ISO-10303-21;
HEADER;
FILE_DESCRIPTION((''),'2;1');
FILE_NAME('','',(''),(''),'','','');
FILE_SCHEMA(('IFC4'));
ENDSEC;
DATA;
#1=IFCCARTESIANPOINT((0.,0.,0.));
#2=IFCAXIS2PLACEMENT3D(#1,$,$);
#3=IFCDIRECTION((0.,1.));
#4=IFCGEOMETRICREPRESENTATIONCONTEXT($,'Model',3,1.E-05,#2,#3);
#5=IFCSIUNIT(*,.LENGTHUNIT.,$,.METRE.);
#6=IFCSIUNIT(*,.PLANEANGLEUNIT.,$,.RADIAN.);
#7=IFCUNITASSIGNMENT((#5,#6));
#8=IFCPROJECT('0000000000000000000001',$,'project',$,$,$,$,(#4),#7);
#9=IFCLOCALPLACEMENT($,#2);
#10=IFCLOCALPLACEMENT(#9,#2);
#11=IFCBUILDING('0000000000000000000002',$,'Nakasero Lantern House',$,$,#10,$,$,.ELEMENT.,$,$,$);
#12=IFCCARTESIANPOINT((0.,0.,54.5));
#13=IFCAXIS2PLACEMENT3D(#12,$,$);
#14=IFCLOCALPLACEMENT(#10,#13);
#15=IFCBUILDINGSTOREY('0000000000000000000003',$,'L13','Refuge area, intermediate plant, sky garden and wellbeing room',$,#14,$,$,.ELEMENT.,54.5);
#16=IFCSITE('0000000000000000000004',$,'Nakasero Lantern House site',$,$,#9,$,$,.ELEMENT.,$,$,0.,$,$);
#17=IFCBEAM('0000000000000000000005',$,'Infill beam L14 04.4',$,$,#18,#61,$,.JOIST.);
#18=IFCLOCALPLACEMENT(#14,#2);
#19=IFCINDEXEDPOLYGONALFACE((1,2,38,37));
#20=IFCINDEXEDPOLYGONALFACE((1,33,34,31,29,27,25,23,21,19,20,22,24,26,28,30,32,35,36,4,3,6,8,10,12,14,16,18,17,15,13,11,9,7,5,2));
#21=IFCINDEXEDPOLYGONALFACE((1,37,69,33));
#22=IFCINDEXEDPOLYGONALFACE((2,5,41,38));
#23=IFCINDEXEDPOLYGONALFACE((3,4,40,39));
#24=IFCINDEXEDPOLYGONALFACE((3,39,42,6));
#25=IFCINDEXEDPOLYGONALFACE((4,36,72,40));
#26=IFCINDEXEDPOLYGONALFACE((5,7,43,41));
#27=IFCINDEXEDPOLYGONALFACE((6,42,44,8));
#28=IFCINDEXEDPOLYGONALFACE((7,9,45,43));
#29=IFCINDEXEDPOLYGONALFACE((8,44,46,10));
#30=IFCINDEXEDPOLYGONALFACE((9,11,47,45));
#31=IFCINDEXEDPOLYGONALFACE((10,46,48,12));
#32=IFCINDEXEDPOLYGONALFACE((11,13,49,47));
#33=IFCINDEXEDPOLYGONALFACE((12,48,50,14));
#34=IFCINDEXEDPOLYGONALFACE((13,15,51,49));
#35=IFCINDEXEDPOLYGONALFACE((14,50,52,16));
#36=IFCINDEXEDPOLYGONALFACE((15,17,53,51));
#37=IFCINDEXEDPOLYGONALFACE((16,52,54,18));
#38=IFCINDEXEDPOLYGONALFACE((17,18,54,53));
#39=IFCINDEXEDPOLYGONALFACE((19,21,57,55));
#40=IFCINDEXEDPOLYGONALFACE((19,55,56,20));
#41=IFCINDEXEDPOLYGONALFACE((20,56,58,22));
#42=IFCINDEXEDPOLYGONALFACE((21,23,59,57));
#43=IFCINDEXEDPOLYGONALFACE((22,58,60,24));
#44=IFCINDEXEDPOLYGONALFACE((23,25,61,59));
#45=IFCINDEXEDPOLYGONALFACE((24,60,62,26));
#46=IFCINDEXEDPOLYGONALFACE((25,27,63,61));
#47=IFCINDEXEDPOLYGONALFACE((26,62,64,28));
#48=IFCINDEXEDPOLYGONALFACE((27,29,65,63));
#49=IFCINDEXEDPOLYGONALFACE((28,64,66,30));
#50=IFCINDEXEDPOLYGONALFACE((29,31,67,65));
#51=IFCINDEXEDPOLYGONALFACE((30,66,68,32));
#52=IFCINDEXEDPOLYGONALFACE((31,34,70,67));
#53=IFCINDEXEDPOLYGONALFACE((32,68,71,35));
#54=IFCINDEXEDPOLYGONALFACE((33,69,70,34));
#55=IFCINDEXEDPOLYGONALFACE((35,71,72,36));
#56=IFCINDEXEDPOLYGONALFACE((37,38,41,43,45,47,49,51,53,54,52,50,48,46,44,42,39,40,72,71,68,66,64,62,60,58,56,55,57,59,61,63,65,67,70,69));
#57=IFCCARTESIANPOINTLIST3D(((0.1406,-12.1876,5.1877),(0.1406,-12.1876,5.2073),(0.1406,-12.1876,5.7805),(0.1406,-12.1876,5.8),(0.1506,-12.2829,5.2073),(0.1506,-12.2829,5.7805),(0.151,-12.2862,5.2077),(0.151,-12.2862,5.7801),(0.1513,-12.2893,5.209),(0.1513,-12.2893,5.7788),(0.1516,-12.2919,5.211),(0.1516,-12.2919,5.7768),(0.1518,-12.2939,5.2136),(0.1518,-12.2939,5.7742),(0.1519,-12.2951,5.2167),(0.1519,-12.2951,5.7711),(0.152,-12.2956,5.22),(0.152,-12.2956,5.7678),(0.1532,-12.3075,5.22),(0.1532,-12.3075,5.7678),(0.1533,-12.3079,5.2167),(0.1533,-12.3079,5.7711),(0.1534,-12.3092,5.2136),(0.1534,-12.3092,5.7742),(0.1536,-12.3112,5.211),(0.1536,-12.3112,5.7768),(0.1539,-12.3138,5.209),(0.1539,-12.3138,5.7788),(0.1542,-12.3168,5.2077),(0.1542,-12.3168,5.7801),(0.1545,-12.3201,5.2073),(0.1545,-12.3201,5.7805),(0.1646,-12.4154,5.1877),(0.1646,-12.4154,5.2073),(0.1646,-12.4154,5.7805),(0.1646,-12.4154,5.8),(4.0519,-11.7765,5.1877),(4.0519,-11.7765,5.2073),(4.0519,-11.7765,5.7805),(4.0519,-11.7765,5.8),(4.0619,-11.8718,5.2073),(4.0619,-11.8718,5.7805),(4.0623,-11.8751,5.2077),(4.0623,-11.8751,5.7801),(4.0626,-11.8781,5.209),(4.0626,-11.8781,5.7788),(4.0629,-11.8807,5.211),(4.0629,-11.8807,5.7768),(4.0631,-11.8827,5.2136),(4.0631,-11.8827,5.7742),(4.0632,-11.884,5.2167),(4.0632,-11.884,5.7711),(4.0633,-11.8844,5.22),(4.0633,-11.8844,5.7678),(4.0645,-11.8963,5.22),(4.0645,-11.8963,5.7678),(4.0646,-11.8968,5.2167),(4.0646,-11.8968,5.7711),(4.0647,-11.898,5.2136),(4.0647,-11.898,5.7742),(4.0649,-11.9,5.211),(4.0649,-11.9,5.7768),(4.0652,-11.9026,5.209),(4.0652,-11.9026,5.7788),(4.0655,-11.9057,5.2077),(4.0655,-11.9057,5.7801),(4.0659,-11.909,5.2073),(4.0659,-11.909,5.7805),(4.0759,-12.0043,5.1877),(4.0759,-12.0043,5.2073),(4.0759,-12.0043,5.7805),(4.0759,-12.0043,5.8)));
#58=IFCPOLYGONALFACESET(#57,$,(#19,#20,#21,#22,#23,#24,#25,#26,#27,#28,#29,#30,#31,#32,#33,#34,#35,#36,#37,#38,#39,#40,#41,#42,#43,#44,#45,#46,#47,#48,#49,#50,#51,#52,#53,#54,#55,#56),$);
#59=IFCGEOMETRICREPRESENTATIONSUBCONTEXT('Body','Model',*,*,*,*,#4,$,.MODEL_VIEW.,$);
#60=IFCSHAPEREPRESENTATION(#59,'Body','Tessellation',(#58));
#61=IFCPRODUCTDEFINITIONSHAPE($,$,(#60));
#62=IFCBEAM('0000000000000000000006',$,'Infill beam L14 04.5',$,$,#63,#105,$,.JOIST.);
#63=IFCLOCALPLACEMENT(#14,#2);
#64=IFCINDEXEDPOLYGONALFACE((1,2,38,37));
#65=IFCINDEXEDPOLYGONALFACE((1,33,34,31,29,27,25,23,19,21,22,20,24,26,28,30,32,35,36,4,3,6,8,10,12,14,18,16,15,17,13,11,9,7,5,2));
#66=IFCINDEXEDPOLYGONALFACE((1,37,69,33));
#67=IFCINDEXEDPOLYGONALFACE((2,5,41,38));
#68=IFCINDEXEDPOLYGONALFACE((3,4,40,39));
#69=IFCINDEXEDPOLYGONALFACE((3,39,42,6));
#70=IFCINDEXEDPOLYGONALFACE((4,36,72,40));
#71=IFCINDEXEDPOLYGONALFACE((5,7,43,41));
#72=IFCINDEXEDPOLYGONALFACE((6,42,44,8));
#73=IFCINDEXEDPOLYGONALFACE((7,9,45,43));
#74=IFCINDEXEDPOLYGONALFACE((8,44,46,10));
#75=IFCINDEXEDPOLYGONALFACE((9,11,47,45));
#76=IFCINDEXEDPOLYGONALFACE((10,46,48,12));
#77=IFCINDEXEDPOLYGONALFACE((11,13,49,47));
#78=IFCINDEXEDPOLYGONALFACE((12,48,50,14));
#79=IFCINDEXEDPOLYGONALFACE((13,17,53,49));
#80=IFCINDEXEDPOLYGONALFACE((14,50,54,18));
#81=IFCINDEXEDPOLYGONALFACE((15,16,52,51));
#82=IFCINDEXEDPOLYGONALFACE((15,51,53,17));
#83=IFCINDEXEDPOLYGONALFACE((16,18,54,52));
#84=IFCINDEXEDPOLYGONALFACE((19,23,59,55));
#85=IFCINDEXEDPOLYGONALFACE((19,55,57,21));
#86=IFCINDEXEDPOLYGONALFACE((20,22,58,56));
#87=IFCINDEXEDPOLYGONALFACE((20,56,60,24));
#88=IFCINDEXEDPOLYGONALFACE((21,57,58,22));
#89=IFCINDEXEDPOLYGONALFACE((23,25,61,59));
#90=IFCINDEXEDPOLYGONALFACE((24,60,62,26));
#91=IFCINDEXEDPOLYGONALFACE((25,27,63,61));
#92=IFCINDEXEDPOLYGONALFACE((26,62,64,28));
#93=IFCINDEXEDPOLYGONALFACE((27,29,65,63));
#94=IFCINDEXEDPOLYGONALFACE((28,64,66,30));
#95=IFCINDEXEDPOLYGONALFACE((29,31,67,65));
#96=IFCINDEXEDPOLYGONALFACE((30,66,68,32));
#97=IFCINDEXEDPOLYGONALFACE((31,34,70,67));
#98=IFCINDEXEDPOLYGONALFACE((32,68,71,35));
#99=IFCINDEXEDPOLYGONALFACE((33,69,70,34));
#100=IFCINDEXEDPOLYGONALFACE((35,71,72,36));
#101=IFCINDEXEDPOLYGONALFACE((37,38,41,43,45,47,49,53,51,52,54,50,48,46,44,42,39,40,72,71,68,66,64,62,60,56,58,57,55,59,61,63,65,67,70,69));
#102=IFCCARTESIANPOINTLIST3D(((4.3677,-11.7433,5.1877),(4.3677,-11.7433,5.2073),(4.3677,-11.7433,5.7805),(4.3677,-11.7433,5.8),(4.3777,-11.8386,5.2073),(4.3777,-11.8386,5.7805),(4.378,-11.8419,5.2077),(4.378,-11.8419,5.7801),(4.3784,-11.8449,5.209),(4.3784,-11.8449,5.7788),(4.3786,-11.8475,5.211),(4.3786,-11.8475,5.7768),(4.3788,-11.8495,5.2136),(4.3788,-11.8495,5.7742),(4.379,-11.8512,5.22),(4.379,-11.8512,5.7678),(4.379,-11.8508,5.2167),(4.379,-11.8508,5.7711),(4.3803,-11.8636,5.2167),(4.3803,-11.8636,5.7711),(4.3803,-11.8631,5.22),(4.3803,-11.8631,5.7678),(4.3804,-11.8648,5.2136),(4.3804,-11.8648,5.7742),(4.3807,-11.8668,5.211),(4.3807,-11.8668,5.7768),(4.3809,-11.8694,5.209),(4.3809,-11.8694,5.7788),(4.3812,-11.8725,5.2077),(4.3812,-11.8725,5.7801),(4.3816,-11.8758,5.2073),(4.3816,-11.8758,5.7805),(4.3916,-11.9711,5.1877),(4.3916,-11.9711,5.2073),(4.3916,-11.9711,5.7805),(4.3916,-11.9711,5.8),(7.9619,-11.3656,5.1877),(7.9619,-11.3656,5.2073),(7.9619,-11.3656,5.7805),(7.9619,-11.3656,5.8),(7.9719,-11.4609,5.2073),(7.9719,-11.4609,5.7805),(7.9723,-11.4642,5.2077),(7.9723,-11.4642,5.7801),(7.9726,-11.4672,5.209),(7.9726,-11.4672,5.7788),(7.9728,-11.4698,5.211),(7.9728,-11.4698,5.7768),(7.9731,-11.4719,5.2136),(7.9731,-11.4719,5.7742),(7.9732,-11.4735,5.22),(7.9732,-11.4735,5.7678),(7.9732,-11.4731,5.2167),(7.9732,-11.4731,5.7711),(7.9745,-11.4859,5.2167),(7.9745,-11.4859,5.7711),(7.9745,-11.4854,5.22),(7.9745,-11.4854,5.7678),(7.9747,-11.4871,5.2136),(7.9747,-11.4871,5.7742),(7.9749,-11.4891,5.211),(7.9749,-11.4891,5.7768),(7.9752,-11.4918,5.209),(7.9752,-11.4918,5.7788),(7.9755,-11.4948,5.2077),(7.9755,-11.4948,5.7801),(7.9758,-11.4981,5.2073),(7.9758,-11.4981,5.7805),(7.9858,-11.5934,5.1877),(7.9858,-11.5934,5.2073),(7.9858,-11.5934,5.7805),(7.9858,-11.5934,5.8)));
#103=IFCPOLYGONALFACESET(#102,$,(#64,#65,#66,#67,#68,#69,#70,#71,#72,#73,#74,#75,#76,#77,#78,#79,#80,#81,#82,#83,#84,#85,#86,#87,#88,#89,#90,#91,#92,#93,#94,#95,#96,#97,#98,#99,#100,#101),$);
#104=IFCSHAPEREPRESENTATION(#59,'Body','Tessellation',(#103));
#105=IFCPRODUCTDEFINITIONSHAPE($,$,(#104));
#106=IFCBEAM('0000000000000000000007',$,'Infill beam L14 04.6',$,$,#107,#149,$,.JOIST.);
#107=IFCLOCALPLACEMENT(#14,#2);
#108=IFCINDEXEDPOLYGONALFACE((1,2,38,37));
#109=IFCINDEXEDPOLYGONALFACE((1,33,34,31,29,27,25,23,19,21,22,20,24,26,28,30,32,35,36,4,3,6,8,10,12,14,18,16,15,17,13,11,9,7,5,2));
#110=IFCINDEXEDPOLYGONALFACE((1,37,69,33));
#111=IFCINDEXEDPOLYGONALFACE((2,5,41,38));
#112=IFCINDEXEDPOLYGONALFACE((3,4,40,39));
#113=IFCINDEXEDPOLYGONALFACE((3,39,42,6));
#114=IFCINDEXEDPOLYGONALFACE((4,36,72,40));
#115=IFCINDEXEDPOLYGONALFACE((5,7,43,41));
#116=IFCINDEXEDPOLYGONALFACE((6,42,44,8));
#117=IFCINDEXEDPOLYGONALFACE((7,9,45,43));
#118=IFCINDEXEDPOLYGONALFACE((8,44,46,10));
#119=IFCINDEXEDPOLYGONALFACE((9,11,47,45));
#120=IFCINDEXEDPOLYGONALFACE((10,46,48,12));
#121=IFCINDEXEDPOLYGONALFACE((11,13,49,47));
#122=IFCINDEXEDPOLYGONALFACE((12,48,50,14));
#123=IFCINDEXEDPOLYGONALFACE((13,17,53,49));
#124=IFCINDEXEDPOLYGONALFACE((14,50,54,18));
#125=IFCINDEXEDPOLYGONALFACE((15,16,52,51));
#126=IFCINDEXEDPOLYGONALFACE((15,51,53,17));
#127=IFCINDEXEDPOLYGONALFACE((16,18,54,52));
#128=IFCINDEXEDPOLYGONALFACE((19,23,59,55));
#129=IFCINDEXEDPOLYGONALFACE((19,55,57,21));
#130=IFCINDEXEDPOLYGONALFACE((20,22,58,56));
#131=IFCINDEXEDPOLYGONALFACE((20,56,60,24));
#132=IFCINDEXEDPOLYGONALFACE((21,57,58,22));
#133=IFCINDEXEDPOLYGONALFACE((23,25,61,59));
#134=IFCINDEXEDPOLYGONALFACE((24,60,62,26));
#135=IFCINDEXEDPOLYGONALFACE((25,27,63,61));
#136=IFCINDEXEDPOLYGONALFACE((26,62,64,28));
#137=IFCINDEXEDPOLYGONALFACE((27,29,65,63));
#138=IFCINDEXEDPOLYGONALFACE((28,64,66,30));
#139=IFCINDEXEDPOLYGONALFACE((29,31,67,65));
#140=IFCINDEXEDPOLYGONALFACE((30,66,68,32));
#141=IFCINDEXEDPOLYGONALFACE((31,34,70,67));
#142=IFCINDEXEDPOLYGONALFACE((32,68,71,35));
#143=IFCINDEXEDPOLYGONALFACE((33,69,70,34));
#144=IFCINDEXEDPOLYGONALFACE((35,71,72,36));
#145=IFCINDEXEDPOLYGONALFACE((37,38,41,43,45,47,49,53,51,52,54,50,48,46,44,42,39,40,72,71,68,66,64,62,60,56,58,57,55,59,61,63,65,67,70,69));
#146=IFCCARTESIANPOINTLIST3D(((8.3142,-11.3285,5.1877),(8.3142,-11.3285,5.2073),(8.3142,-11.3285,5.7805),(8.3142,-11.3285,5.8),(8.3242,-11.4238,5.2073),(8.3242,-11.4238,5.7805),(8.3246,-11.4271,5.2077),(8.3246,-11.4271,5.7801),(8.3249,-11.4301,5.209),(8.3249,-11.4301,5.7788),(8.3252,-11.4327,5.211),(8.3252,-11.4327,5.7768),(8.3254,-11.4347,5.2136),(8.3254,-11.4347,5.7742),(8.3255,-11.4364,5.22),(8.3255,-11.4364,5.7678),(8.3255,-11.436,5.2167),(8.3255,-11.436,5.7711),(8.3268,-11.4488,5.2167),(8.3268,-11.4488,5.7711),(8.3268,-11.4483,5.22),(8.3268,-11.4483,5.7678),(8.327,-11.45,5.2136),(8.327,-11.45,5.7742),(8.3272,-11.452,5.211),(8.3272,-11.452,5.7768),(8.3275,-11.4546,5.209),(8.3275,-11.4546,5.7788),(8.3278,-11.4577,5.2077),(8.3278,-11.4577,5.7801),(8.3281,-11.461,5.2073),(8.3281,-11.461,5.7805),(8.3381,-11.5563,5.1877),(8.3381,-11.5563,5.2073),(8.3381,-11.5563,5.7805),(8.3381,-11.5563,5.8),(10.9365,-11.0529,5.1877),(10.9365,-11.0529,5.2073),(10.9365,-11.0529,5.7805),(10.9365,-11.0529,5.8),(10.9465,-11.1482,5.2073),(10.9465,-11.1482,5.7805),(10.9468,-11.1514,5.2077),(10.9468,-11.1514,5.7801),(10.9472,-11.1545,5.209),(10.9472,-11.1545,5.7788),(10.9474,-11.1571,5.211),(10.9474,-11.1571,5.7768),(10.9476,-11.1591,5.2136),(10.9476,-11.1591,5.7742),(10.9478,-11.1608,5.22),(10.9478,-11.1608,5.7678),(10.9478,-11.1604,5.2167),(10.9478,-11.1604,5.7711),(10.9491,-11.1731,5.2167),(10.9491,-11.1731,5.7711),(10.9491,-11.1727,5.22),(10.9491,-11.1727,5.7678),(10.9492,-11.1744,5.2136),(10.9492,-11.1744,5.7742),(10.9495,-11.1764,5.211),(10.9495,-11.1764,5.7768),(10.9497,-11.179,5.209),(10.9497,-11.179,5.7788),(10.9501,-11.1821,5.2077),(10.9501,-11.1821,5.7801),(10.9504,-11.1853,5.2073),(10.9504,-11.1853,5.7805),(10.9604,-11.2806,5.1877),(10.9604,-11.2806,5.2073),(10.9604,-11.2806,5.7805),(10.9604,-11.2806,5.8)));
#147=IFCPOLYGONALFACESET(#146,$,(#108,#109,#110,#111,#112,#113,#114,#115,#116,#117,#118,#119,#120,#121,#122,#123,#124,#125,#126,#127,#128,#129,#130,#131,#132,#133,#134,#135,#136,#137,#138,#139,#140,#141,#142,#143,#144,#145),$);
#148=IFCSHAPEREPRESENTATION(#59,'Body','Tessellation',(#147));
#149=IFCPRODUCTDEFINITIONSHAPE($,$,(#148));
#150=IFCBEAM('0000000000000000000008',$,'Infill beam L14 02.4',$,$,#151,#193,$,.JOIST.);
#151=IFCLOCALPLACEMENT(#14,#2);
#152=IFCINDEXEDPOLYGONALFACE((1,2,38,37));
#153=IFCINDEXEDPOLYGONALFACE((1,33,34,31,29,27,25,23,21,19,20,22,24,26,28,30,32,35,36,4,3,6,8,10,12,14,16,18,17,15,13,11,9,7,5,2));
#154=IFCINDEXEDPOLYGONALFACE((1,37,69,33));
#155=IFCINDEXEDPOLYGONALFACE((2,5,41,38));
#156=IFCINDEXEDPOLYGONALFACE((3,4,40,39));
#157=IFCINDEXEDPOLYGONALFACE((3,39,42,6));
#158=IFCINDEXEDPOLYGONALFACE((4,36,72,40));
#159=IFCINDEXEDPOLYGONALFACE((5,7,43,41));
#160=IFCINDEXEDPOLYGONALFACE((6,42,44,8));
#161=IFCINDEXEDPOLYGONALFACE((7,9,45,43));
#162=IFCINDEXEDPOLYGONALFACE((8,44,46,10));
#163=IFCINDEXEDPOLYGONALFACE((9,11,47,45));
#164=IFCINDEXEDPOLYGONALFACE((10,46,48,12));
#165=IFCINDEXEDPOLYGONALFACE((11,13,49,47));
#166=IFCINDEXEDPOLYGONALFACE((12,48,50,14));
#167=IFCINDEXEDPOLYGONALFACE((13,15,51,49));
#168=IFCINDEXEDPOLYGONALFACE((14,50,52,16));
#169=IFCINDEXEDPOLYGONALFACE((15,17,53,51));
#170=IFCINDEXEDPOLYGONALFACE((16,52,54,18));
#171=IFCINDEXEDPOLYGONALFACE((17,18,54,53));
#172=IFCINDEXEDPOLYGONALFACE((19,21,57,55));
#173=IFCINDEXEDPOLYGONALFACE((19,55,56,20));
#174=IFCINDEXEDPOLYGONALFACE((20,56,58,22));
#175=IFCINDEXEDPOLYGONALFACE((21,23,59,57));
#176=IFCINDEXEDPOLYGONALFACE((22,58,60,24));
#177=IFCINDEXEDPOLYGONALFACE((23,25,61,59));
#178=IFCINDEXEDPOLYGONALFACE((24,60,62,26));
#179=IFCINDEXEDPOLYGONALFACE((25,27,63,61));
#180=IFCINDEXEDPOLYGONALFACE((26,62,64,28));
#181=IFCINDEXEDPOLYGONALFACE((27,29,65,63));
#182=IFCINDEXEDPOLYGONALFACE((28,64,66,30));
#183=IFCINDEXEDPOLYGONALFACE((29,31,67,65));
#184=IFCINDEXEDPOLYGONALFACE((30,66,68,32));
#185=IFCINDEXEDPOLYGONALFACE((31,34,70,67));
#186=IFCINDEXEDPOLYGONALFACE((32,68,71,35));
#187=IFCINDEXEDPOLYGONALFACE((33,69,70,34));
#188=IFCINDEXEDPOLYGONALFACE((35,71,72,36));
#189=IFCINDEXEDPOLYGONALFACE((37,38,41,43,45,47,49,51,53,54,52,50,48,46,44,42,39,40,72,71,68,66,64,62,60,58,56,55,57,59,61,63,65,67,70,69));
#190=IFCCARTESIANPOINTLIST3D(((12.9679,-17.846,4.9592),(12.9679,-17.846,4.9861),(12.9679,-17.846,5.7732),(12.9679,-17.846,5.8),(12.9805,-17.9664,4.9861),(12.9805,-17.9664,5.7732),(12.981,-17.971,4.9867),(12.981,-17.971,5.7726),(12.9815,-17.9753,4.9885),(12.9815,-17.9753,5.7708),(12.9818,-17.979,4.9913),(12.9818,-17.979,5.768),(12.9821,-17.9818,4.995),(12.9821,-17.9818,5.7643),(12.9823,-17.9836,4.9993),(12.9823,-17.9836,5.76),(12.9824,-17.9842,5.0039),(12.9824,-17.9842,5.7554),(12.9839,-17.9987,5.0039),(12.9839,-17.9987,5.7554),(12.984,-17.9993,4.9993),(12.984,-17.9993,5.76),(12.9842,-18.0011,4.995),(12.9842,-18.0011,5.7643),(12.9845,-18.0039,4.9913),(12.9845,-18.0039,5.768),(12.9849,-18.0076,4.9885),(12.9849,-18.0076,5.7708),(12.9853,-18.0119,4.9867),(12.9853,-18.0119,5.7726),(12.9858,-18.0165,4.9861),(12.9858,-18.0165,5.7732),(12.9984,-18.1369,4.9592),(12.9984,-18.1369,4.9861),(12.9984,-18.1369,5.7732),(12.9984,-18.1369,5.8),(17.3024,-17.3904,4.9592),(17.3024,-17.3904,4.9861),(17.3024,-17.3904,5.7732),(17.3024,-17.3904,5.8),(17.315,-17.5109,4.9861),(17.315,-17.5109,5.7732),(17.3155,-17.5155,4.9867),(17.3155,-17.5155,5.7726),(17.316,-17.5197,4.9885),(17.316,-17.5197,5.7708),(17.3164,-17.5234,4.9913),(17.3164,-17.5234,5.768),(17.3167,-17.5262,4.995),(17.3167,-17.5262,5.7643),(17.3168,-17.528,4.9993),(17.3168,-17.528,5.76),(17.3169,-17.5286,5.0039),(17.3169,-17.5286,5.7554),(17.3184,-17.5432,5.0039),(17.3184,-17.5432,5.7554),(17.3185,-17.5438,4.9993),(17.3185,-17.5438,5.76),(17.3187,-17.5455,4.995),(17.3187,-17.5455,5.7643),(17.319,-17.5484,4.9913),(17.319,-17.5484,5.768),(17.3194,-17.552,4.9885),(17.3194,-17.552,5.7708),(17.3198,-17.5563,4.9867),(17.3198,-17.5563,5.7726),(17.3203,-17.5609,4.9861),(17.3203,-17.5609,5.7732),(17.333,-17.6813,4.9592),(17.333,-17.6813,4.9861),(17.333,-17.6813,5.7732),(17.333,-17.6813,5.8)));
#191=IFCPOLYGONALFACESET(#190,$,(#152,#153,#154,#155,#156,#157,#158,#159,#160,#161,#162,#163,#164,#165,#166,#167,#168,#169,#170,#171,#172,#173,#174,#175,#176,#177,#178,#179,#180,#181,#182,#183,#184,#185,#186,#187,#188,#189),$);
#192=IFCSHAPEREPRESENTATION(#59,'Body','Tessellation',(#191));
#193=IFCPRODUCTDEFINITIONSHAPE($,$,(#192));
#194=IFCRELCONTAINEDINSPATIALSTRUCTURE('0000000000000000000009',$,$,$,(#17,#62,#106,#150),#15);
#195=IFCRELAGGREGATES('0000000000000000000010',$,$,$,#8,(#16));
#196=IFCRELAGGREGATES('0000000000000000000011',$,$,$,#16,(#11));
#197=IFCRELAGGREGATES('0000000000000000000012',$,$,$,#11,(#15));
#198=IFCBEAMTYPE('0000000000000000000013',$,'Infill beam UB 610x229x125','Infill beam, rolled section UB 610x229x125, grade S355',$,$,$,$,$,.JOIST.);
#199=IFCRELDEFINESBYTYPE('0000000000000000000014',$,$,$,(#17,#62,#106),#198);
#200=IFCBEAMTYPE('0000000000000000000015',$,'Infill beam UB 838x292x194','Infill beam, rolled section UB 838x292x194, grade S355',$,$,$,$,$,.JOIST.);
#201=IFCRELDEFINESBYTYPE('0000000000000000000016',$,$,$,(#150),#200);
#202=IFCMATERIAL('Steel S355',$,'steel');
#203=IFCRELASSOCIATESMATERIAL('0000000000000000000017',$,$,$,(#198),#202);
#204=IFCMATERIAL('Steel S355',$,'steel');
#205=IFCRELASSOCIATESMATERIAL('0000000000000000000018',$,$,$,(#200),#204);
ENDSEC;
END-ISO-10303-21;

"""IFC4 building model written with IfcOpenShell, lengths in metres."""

from ifc_helpers import new_model, si_unit, direction, frame, origin, origin_2d, place, context, subcontext, project, spatial, i_section, extrude, material, material_profile, profile_set, type_object, element, save


model = new_model("IFC4")

# Units and contexts
model_context = context("Model", 3, precision=1e-05, world=origin(), true_north=direction((0.0, 1.0)))
body_context = subcontext(model_context, "Body", "Model", "MODEL_VIEW")
ifc_project = project(units=[si_unit("LENGTHUNIT", "METRE"), si_unit("PLANEANGLEUNIT", "RADIAN")], contexts=[model_context])

# Site, building, storey
site_placement = place(None, origin())
site = spatial("IfcSite", under=ifc_project, at=site_placement, Name="Nakasero Lantern House site", CompositionType="ELEMENT", RefElevation=0.0)
building_placement = place(site_placement, origin())
building = spatial("IfcBuilding", under=site, at=building_placement, Name="Nakasero Lantern House", CompositionType="ELEMENT")
storey_placement = place(building_placement, frame((0.0, 0.0, 54.5)))
storey = spatial("IfcBuildingStorey", under=building, at=storey_placement, Name="L13", Description="Refuge area, intermediate plant, sky garden and wellbeing room", CompositionType="ELEMENT", Elevation=54.5)

# Beams
ifc_material_1 = material(Name="Steel S355", Category="steel")
ifc_material_profile_1 = material_profile(ifc_material_1, i_section(OverallWidth=0.229, OverallDepth=0.6123, WebThickness=0.012, FlangeThickness=0.0195, FilletRadius=0.0127, at=origin_2d()), Name="UB 610x229x125")
ifc_profile_set_1 = profile_set([ifc_material_profile_1], Name="Steel S355")
beam_type_1 = type_object("IfcBeamType", Name="Infill beam UB 610x229x125", Description="Infill beam, rolled section UB 610x229x125, grade S355", PredefinedType="JOIST", material=ifc_profile_set_1)
beam_1_placement = place(storey_placement, frame((0.1526, -12.3015, 5.4939), z_axis=(0.994521, 0.104536, 0.0), x_axis=(-0.104536, 0.994521, 0.0)))
element("IfcBeam", 1, at=beam_1_placement, inside=storey, type_object=beam_type_1, Name="Infill beam L14 04.4", PredefinedType="JOIST", context=body_context, shape_type="SweptSolid", body=[
    extrude(i_section(OverallWidth=0.229, OverallDepth=0.6123, WebThickness=0.012, FlangeThickness=0.0195, FilletRadius=0.0127, at=origin_2d()), origin(), (0.0, 0.0, 1.0), 3.9329),
])
beam_2_placement = place(storey_placement, frame((4.3796, -11.8572, 5.4939), z_axis=(0.994524, 0.104505, 0.0), x_axis=(-0.104505, 0.994524, 0.0)))
element("IfcBeam", 2, at=beam_2_placement, inside=storey, type_object=beam_type_1, Name="Infill beam L14 04.5", PredefinedType="JOIST", context=body_context, shape_type="SweptSolid", body=[
    extrude(i_section(OverallWidth=0.229, OverallDepth=0.6123, WebThickness=0.012, FlangeThickness=0.0195, FilletRadius=0.0127, at=origin_2d()), origin(), (0.0, 0.0, 1.0), 3.614),
])
beam_3_placement = place(storey_placement, frame((8.3262, -11.4424, 5.4939), z_axis=(0.994521, 0.104535, 0.0), x_axis=(-0.104535, 0.994521, 0.0)))
element("IfcBeam", 3, at=beam_3_placement, inside=storey, type_object=beam_type_1, Name="Infill beam L14 04.6", PredefinedType="JOIST", context=body_context, shape_type="SweptSolid", body=[
    extrude(i_section(OverallWidth=0.229, OverallDepth=0.6123, WebThickness=0.012, FlangeThickness=0.0195, FilletRadius=0.0127, at=origin_2d()), origin(), (0.0, 0.0, 1.0), 2.6367),
])
ifc_material_2 = material(Name="Steel S355", Category="steel")
ifc_material_profile_2 = material_profile(ifc_material_2, i_section(OverallWidth=0.2925, OverallDepth=0.8408, WebThickness=0.0146, FlangeThickness=0.0269, FilletRadius=0.0178, at=origin_2d()), Name="UB 838x292x194")
ifc_profile_set_2 = profile_set([ifc_material_profile_2], Name="Steel S355")
beam_type_2 = type_object("IfcBeamType", Name="Infill beam UB 838x292x194", Description="Infill beam, rolled section UB 838x292x194, grade S355", PredefinedType="JOIST", material=ifc_profile_set_2)
beam_4_placement = place(storey_placement, frame((12.9832, -17.9915, 5.3796), z_axis=(0.994522, 0.104527, 0.0), x_axis=(-0.104527, 0.994522, 0.0)))
element("IfcBeam", 4, at=beam_4_placement, inside=storey, type_object=beam_type_2, Name="Infill beam L14 02.4", PredefinedType="JOIST", context=body_context, shape_type="SweptSolid", body=[
    extrude(i_section(OverallWidth=0.2925, OverallDepth=0.8408, WebThickness=0.0146, FlangeThickness=0.0269, FilletRadius=0.0178, at=origin_2d()), origin(), (0.0, 0.0, 1.0), 4.3584),
])

save(model, "model.ifc")
